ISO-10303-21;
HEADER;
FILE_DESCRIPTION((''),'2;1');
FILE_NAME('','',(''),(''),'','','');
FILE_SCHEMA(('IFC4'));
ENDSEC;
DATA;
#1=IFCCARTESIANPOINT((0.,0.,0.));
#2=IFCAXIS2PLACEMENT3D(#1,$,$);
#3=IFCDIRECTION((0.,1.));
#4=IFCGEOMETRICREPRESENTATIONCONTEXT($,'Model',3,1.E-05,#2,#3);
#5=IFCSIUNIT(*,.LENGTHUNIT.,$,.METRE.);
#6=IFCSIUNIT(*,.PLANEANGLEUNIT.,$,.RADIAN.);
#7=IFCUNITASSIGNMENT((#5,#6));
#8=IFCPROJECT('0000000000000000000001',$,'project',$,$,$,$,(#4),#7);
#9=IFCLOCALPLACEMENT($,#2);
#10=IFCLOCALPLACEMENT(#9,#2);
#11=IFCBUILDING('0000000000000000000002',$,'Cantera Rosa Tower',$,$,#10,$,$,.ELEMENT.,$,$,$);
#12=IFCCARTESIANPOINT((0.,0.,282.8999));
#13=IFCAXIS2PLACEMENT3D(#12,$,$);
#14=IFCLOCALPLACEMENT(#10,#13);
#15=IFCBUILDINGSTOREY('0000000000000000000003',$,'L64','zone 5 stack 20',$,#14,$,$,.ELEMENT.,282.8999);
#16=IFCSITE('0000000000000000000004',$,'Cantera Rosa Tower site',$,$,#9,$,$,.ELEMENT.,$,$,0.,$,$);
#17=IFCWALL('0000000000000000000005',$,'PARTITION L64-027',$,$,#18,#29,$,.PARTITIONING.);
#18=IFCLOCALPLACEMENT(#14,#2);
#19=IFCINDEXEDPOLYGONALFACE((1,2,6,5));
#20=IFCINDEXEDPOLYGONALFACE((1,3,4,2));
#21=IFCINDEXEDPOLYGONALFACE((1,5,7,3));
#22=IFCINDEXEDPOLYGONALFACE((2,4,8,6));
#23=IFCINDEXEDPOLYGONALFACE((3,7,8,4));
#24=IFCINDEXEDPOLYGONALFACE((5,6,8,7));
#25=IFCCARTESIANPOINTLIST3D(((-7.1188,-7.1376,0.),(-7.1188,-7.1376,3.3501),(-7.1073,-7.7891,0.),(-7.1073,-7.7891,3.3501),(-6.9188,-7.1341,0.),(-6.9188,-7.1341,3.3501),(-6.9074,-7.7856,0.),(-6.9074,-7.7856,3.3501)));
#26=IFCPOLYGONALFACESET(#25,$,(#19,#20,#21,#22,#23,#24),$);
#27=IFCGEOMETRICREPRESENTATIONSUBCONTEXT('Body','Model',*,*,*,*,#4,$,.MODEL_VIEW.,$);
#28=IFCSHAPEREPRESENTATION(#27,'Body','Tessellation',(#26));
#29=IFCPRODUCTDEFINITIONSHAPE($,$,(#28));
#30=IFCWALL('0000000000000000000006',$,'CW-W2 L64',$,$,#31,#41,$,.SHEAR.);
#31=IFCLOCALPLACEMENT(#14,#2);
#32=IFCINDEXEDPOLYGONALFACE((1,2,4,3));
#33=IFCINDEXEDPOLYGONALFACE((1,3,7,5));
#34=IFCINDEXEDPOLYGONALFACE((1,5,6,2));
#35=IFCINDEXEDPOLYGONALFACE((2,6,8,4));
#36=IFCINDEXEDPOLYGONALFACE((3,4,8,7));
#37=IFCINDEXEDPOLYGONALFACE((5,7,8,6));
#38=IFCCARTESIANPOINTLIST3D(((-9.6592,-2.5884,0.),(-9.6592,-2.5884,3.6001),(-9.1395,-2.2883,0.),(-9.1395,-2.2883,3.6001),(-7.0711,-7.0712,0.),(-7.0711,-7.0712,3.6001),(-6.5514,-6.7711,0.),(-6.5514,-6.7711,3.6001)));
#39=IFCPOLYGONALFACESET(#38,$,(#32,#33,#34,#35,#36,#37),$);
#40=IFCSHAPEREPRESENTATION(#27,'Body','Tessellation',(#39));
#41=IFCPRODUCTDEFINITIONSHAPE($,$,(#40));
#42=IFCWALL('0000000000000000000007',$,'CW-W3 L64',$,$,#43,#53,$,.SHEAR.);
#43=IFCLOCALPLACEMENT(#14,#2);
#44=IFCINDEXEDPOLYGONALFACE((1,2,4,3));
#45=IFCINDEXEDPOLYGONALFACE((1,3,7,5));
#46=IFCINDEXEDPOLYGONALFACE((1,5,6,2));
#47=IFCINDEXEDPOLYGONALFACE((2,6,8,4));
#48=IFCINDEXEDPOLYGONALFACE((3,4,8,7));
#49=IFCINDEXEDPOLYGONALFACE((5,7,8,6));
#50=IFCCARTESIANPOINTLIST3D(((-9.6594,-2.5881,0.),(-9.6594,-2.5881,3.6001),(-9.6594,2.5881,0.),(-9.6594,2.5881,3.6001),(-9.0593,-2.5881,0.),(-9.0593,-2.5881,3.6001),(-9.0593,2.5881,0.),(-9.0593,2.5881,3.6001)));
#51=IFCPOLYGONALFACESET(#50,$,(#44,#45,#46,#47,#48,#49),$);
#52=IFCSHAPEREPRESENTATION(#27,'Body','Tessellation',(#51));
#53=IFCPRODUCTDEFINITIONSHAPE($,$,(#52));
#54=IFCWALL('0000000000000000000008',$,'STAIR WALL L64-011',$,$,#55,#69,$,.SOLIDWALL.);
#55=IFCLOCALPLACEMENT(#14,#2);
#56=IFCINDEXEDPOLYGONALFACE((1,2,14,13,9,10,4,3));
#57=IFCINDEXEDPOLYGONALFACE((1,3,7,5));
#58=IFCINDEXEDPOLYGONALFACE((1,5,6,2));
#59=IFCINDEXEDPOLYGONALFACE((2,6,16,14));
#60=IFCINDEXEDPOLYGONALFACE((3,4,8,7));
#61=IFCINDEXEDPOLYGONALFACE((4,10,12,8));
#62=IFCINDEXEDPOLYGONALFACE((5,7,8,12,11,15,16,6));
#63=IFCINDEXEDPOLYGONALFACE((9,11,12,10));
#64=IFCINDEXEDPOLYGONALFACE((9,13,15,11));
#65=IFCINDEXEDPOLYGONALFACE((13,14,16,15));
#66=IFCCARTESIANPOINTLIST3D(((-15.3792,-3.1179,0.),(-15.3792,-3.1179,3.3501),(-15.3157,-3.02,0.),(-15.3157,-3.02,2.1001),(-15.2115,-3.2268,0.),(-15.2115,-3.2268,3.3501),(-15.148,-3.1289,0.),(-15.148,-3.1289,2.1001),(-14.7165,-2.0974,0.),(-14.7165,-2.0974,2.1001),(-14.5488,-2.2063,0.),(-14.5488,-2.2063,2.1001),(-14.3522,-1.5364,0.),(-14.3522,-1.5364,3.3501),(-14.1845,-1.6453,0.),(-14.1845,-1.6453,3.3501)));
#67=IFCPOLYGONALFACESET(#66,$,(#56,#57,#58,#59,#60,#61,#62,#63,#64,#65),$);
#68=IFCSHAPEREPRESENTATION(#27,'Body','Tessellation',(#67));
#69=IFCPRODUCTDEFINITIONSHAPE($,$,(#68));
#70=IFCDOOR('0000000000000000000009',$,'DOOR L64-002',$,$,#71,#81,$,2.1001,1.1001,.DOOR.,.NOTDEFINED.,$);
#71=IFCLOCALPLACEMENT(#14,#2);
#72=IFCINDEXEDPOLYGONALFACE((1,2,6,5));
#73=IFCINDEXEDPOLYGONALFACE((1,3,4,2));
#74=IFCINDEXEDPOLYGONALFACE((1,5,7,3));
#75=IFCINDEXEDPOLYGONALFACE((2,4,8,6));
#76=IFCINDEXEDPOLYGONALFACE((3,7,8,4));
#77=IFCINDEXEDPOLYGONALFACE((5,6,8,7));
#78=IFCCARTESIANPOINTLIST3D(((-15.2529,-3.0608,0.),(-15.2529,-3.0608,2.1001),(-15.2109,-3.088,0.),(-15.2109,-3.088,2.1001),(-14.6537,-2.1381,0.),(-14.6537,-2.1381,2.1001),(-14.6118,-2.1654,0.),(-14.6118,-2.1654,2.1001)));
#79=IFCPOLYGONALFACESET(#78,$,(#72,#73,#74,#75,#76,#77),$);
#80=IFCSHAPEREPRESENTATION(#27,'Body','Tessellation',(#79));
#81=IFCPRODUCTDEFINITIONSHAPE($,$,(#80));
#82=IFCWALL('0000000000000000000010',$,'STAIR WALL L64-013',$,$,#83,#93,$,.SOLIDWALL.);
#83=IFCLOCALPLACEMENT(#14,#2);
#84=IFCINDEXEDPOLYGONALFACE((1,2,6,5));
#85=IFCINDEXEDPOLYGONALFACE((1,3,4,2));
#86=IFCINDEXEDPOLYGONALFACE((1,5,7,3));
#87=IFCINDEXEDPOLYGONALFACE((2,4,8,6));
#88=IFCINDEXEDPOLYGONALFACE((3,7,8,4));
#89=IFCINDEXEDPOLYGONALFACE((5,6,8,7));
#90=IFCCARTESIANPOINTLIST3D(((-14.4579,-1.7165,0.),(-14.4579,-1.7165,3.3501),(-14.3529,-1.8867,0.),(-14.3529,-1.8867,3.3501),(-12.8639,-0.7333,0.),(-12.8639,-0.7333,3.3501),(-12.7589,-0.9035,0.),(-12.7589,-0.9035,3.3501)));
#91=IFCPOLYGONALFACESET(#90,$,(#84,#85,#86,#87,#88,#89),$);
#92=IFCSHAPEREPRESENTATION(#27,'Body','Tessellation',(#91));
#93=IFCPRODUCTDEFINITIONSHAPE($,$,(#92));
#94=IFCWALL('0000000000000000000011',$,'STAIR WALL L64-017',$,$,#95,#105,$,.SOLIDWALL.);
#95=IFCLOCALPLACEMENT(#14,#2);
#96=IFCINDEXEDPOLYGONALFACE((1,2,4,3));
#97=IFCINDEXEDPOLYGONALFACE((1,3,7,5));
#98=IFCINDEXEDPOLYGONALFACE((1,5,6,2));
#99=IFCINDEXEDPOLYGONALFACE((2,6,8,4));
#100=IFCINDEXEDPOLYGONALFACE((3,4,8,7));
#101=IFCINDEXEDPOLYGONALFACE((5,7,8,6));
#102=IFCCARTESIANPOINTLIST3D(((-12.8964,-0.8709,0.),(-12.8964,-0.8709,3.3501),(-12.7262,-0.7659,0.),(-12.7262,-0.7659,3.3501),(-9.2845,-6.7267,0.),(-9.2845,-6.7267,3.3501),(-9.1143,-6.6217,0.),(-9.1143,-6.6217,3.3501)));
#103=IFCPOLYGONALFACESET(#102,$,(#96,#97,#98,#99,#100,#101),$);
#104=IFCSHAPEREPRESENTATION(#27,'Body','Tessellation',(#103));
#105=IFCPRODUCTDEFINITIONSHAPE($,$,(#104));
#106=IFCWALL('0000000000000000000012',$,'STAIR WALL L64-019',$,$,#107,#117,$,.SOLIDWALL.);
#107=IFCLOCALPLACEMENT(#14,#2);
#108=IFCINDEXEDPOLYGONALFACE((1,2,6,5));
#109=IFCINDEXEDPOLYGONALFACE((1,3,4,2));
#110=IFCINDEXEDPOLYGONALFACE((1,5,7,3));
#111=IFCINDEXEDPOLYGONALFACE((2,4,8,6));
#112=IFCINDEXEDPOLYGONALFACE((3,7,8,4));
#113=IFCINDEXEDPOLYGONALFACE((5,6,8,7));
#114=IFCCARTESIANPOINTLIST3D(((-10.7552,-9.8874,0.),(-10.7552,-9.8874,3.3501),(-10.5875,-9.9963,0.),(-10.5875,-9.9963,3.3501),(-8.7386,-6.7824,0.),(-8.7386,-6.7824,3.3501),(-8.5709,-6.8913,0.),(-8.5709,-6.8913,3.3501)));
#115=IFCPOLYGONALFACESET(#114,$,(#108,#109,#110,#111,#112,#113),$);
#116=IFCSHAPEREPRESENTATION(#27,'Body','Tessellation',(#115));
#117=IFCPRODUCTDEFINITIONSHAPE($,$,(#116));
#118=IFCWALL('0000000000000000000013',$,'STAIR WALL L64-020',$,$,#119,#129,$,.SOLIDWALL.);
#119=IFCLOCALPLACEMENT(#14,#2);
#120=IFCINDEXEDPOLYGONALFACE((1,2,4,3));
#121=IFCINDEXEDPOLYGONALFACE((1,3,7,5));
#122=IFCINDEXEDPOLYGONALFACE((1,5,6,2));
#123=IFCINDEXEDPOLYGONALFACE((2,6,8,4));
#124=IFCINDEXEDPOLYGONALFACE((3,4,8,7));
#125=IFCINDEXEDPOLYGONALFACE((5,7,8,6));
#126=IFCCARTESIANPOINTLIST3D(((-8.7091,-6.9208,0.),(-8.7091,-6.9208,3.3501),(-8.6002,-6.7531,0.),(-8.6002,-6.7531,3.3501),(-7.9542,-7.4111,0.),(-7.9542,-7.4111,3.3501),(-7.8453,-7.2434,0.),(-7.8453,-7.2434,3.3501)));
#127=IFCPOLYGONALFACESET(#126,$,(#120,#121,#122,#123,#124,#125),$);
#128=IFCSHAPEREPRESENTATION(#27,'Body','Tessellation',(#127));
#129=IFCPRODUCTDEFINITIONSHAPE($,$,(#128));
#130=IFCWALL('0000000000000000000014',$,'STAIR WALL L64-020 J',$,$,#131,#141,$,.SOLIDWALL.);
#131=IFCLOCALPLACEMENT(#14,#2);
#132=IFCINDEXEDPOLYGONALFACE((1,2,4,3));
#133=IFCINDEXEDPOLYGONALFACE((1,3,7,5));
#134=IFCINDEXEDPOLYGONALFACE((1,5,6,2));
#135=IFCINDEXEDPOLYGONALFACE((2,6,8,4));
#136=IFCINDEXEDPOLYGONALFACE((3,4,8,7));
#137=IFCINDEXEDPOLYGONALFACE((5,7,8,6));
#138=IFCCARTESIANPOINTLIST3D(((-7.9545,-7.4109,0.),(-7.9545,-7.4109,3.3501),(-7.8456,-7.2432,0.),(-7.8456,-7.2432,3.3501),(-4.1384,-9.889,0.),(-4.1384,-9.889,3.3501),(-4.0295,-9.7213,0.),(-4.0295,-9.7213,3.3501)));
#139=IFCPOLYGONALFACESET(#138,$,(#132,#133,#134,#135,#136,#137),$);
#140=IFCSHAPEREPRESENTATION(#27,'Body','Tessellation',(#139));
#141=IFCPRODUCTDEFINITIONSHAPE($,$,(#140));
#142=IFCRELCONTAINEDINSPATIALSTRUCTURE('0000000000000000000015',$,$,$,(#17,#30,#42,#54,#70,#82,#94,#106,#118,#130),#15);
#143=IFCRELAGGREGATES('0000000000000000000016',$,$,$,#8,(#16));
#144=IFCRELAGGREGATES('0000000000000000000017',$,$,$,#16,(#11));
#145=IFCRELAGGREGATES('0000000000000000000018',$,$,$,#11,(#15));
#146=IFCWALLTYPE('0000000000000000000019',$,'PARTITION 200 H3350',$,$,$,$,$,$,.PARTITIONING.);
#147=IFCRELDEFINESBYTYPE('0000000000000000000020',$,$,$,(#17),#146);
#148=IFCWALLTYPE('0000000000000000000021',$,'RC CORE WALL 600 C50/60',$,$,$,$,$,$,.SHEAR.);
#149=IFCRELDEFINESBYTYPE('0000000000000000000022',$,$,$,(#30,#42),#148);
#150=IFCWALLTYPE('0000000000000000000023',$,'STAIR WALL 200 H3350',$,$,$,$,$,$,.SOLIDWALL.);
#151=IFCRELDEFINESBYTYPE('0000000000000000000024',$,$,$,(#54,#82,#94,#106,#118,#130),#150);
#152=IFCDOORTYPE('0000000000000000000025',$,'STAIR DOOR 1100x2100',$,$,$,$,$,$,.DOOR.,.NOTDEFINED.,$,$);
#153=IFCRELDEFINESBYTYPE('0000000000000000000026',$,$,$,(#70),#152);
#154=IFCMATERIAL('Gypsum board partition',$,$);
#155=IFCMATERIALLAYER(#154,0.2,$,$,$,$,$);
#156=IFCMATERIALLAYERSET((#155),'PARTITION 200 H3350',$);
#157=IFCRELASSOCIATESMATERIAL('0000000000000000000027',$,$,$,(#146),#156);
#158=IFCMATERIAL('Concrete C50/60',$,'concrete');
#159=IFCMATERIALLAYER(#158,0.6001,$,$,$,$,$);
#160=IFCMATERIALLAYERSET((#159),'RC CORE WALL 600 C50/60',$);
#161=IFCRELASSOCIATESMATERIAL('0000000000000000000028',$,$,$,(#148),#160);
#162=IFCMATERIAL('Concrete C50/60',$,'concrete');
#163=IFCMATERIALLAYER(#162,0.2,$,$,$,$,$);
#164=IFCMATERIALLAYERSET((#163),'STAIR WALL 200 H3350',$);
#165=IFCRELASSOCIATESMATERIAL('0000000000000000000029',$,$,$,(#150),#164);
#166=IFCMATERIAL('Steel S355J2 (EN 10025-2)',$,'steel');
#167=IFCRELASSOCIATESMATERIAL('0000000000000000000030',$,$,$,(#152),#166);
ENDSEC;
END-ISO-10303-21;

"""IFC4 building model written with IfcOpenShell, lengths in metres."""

from ifc_helpers import new_model, si_unit, direction, frame, frame_2d, origin, place, context, subcontext, project, spatial, rectangle, extrude, material, layer, layer_set, type_object, element, fill, save


model = new_model("IFC4")

# Units and contexts
model_context = context("Model", 3, precision=1e-05, world=origin(), true_north=direction((0.0, 1.0)))
body_context = subcontext(model_context, "Body", "Model", "MODEL_VIEW")
ifc_project = project(units=[si_unit("LENGTHUNIT", "METRE"), si_unit("PLANEANGLEUNIT", "RADIAN")], contexts=[model_context])

# Site, building, storey
site_placement = place(None, origin())
site = spatial("IfcSite", under=ifc_project, at=site_placement, Name="Cantera Rosa Tower site", CompositionType="ELEMENT", RefElevation=0.0)
building_placement = place(site_placement, origin())
building = spatial("IfcBuilding", under=site, at=building_placement, Name="Cantera Rosa Tower", CompositionType="ELEMENT")
storey_placement = place(building_placement, frame((0.0, 0.0, 282.8999)))
storey = spatial("IfcBuildingStorey", under=building, at=storey_placement, Name="L64", Description="zone 5 stack 20", CompositionType="ELEMENT", Elevation=282.8999)

# Walls
ifc_material_1 = material(Name="Gypsum board partition")
ifc_layer_1 = layer(ifc_material_1, 0.2)
ifc_layer_set_1 = layer_set([ifc_layer_1], Name="PARTITION 200 H3350")
wall_type_1 = type_object("IfcWallType", Name="PARTITION 200 H3350", PredefinedType="PARTITIONING", material=ifc_layer_set_1)
wall_1_placement = place(storey_placement, frame((-7.0188, -7.136, 0.0), z_axis=(0.0, 0.0, 1.0), x_axis=(0.017607, -0.999845, 0.0)))
element("IfcWall", 1, at=wall_1_placement, inside=storey, type_object=wall_type_1, Name="PARTITION L64-027", PredefinedType="PARTITIONING", context=body_context, shape_type="SweptSolid", body=[
    extrude(rectangle(XDim=0.6516, YDim=0.2, at=frame_2d((0.3257, 0.0))), origin(), (0.0, 0.0, 1.0), 3.3501),
])
ifc_material_2 = material(Name="Concrete C50/60", Category="concrete")
ifc_layer_2 = layer(ifc_material_2, 0.6001)
ifc_layer_set_2 = layer_set([ifc_layer_2], Name="RC CORE WALL 600 C50/60")
wall_type_2 = type_object("IfcWallType", Name="RC CORE WALL 600 C50/60", PredefinedType="SHEAR", material=ifc_layer_set_2)
for number, where, z_axis, x_axis, name in (
    (2, (-6.8113, -6.9211, 0.0), (0.0, 0.0, 1.0), (-0.499989, 0.866032, 0.0), "CW-W2 L64"),
    (3, (-9.3594, -2.5881, 0.0), (0.0, 0.0, 1.0), (0.0, 1.0, 0.0), "CW-W3 L64"),
):
    element("IfcWall", number, at=place(storey_placement, frame(where, z_axis=z_axis, x_axis=x_axis)), inside=storey, type_object=wall_type_2, Name=name, PredefinedType="SHEAR", context=body_context, shape_type="SweptSolid", body=[
        extrude(rectangle(XDim=5.1763, YDim=0.6001, at=frame_2d((2.5881, 0.0))), origin(), (0.0, 0.0, 1.0), 3.6001),
    ])

# Wall, opening, door
ifc_material_3 = material(Name="Concrete C50/60", Category="concrete")
ifc_layer_3 = layer(ifc_material_3, 0.2)
ifc_layer_set_3 = layer_set([ifc_layer_3], Name="STAIR WALL 200 H3350")
wall_type_3 = type_object("IfcWallType", Name="STAIR WALL 200 H3350", PredefinedType="SOLIDWALL", material=ifc_layer_set_3)
wall_2_placement = place(storey_placement, frame((-14.2683, -1.5908, 0.0), z_axis=(0.0, 0.0, 1.0), x_axis=(-0.544652, -0.838662, 0.0)))
wall_2 = element("IfcWall", 4, at=wall_2_placement, inside=storey, type_object=wall_type_3, Name="STAIR WALL L64-011", PredefinedType="SOLIDWALL", context=body_context, shape_type="SweptSolid", body=[
    extrude(rectangle(XDim=1.8857, YDim=0.2, at=frame_2d((0.9429, 0.0))), origin(), (0.0, 0.0, 1.0), 3.3501),
])
opening_placement = place(wall_2_placement, frame((0.6689, 0.0, 0.0)))
opening = element("IfcOpeningElement", 5, at=opening_placement, cuts=wall_2, PredefinedType="OPENING", context=body_context, shape_type="SweptSolid", body=[
    extrude(rectangle(XDim=1.1001, YDim=2.1001, at=frame_2d((0.55, 1.05))), frame((0.0, 0.1099, 0.0), z_axis=(0.0, -1.0, 0.0), x_axis=(1.0, 0.0, 0.0)), (0.0, 0.0, 1.0), 0.22),
])
ifc_material_4 = material(Name="Steel S355J2 (EN 10025-2)", Category="steel")
door_type = type_object("IfcDoorType", Name="STAIR DOOR 1100x2100", OperationType="NOTDEFINED", PredefinedType="DOOR", material=ifc_material_4)
door_placement = place(opening_placement, origin())
door = element("IfcDoor", 6, at=door_placement, inside=storey, type_object=door_type, Name="DOOR L64-002", OperationType="NOTDEFINED", OverallHeight=2.1001, OverallWidth=1.1001, PredefinedType="DOOR", context=body_context, shape_type="SweptSolid", body=[
    extrude(rectangle(XDim=1.1001, YDim=2.1001, at=frame_2d((0.55, 1.05))), frame((0.0, 0.0249, 0.0), z_axis=(0.0, -1.0, 0.0), x_axis=(1.0, 0.0, 0.0)), (0.0, 0.0, 1.0), 0.05),
])
fill(opening, door)

# Walls
wall_3_placement = place(storey_placement, frame((-12.8113, -0.8184, 0.0), z_axis=(0.0, 0.0, 1.0), x_axis=(-0.851125, -0.524963, 0.0)))
element("IfcWall", 7, at=wall_3_placement, inside=storey, type_object=wall_type_3, Name="STAIR WALL L64-013", PredefinedType="SOLIDWALL", context=body_context, shape_type="SweptSolid", body=[
    extrude(rectangle(XDim=1.8728, YDim=0.2, at=frame_2d((0.9365, 0.0))), origin(), (0.0, 0.0, 1.0), 3.3501),
])
wall_4_placement = place(storey_placement, frame((-9.1995, -6.6741, 0.0), z_axis=(0.0, 0.0, 1.0), x_axis=(-0.524972, 0.851119, 0.0)))
element("IfcWall", 8, at=wall_4_placement, inside=storey, type_object=wall_type_3, Name="STAIR WALL L64-017", PredefinedType="SOLIDWALL", context=body_context, shape_type="SweptSolid", body=[
    extrude(rectangle(XDim=6.8801, YDim=0.2, at=frame_2d((3.4399, 0.0))), origin(), (0.0, 0.0, 1.0), 3.3501),
])
wall_5_placement = place(storey_placement, frame((-8.6548, -6.8369, 0.0), z_axis=(0.0, 0.0, 1.0), x_axis=(-0.544678, -0.838645, 0.0)))
element("IfcWall", 9, at=wall_5_placement, inside=storey, type_object=wall_type_3, Name="STAIR WALL L64-019", PredefinedType="SOLIDWALL", context=body_context, shape_type="SweptSolid", body=[
    extrude(rectangle(XDim=3.7024, YDim=0.2, at=frame_2d((1.8511, 0.0))), origin(), (0.0, 0.0, 1.0), 3.3501),
])
wall_6_placement = place(storey_placement, frame((-8.6548, -6.8369, 0.0), z_axis=(0.0, 0.0, 1.0), x_axis=(0.838667, -0.544645, 0.0)))
element("IfcWall", 10, at=wall_6_placement, inside=storey, type_object=wall_type_3, Name="STAIR WALL L64-020", PredefinedType="SOLIDWALL", context=body_context, shape_type="SweptSolid", body=[
    extrude(rectangle(XDim=0.9001, YDim=0.2, at=frame_2d((0.4502, 0.0))), origin(), (0.0, 0.0, 1.0), 3.3501),
])
wall_7_placement = place(storey_placement, frame((-7.8999, -7.3271, 0.0), z_axis=(0.0, 0.0, 1.0), x_axis=(0.838676, -0.54463, 0.0)))
element("IfcWall", 11, at=wall_7_placement, inside=storey, type_object=wall_type_3, Name="STAIR WALL L64-020 J", PredefinedType="SOLIDWALL", context=body_context, shape_type="SweptSolid", body=[
    extrude(rectangle(XDim=4.55, YDim=0.2, at=frame_2d((2.2749, 0.0))), origin(), (0.0, 0.0, 1.0), 3.3501),
])

save(model, "model.ifc")
